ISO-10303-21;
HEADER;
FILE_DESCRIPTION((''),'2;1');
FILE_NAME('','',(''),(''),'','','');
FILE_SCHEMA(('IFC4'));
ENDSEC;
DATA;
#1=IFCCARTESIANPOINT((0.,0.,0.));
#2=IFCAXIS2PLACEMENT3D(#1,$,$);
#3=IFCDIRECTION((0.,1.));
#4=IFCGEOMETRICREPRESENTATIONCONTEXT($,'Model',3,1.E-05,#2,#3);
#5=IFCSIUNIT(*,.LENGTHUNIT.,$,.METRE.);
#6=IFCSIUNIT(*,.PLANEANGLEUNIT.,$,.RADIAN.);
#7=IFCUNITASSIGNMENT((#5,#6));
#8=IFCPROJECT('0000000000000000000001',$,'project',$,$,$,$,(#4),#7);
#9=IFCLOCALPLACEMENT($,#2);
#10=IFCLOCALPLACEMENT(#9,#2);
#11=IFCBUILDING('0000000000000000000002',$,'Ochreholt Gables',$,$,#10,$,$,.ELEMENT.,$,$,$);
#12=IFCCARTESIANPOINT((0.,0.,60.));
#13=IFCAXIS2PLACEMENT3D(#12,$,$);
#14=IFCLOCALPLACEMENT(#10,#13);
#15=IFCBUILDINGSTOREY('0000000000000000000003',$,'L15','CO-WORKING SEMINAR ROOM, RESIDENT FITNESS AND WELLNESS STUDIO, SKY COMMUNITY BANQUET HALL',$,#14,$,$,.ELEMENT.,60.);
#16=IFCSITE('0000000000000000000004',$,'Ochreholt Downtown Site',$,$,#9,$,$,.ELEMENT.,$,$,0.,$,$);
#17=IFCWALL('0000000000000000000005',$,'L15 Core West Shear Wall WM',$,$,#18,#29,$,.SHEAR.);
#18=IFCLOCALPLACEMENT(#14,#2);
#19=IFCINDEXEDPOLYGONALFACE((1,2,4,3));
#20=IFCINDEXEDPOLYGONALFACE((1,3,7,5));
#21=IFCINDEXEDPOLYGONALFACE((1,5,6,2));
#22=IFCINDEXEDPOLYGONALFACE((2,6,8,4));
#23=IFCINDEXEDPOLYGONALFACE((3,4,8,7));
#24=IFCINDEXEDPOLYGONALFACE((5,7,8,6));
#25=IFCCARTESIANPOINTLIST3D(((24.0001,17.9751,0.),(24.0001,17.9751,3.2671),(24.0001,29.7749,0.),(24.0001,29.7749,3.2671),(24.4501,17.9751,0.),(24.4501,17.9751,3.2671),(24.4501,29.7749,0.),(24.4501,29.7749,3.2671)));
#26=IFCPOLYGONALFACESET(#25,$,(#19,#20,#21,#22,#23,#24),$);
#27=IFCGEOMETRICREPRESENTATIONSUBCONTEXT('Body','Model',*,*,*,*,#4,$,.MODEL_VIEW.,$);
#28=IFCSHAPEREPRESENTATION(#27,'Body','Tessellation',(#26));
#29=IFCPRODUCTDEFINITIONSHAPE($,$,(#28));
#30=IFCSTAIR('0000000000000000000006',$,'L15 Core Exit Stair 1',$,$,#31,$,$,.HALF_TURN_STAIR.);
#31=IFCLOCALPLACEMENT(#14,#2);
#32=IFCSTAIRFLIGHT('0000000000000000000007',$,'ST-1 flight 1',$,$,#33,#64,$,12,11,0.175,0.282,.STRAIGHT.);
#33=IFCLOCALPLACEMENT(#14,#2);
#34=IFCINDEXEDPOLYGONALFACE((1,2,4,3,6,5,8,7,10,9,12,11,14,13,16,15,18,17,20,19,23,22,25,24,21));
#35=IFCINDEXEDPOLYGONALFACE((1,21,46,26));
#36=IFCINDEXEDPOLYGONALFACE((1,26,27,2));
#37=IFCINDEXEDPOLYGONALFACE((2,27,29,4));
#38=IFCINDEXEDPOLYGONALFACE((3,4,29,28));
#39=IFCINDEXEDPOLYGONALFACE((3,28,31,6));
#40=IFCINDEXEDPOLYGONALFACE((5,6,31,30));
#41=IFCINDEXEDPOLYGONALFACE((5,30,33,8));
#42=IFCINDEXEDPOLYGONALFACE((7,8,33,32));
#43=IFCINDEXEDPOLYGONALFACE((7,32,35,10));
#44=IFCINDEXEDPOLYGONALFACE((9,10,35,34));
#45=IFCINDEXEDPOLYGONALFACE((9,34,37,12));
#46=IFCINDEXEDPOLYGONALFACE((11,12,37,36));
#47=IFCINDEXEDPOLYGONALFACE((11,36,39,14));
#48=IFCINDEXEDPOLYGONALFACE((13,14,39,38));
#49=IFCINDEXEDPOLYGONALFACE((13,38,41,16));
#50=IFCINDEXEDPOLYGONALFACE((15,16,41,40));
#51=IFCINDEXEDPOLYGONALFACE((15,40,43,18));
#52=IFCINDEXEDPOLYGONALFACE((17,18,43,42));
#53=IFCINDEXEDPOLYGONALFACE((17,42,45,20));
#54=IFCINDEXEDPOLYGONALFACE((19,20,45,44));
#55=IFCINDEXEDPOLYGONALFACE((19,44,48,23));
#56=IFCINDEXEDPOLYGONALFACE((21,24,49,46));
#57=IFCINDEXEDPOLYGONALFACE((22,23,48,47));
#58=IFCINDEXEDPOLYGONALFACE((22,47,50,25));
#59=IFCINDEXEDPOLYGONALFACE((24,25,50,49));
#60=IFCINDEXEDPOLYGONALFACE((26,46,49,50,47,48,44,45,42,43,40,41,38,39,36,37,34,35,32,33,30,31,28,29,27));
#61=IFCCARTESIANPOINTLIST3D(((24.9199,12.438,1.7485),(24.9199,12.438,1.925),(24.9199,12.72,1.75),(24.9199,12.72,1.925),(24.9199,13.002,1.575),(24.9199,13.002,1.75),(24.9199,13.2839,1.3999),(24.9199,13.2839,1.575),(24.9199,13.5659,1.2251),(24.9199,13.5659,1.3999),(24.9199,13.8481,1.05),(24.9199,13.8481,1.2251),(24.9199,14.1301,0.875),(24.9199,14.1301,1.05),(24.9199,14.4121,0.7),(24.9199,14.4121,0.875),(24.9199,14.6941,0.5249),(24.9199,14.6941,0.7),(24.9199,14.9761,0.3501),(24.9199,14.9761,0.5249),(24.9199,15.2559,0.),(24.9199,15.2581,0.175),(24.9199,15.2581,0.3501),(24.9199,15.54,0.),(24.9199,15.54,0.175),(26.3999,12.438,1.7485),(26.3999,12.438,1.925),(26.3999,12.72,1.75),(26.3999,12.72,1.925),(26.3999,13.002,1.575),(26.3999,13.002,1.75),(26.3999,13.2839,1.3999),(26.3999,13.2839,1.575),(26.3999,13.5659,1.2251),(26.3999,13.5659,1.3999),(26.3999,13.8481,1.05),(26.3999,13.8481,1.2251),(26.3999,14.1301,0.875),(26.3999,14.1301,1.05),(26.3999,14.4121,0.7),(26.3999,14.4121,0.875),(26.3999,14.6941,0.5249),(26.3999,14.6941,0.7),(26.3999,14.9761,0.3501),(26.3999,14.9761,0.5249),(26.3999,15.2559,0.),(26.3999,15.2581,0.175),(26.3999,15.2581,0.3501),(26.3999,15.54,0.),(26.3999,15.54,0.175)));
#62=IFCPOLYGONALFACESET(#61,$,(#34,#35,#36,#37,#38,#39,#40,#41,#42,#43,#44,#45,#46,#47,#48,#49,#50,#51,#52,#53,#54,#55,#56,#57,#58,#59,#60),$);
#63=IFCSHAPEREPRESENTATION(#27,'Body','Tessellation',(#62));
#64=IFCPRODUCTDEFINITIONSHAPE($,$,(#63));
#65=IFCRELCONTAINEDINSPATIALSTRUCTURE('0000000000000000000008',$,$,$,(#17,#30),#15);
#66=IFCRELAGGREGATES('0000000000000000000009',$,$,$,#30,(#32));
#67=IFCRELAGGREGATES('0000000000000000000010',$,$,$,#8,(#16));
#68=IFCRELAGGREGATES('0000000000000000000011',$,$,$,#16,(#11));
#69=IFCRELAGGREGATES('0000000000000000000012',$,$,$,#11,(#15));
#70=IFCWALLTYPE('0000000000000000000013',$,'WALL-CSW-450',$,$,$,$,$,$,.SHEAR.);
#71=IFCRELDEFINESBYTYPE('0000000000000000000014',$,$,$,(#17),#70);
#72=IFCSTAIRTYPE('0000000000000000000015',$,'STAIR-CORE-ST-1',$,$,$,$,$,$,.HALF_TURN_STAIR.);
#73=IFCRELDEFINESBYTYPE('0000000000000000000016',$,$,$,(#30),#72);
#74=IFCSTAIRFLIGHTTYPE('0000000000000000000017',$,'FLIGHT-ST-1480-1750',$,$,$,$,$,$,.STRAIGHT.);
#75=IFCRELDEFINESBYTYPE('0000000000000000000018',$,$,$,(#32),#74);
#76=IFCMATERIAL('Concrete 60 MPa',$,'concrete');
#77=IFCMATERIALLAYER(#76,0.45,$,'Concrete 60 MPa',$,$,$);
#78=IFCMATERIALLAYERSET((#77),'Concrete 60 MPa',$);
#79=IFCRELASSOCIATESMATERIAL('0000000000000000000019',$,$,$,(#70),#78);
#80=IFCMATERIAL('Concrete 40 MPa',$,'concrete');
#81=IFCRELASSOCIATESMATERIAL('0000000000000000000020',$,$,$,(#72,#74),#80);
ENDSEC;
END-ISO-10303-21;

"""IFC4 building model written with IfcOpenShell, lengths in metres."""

from ifc_helpers import new_model, si_unit, direction, frame, frame_2d, origin, place, context, subcontext, project, spatial, polyline, rectangle, outline, extrude, material, layer, layer_set, type_object, element, aggregate, save


model = new_model("IFC4")

# Units and contexts
model_context = context("Model", 3, precision=1e-05, world=origin(), true_north=direction((0.0, 1.0)))
body_context = subcontext(model_context, "Body", "Model", "MODEL_VIEW")
ifc_project = project(units=[si_unit("LENGTHUNIT", "METRE"), si_unit("PLANEANGLEUNIT", "RADIAN")], contexts=[model_context])

# Site, building, storey
site_placement = place(None, origin())
site = spatial("IfcSite", under=ifc_project, at=site_placement, Name="Ochreholt Downtown Site", CompositionType="ELEMENT", RefElevation=0.0)
building_placement = place(site_placement, origin())
building = spatial("IfcBuilding", under=site, at=building_placement, Name="Ochreholt Gables", CompositionType="ELEMENT")
storey_placement = place(building_placement, frame((0.0, 0.0, 60.0)))
storey = spatial("IfcBuildingStorey", under=building, at=storey_placement, Name="L15", Description="CO-WORKING SEMINAR ROOM, RESIDENT FITNESS AND WELLNESS STUDIO, SKY COMMUNITY BANQUET HALL", CompositionType="ELEMENT", Elevation=60.0)

# Shared definitions
ifc_material_1 = material(Name="Concrete 60 MPa", Category="concrete")

# Wall
ifc_layer_1 = layer(ifc_material_1, 0.45, Name="Concrete 60 MPa")
ifc_layer_set_1 = layer_set([ifc_layer_1], Name="Concrete 60 MPa")
wall_type_1 = type_object("IfcWallType", Name="WALL-CSW-450", PredefinedType="SHEAR", material=ifc_layer_set_1)
wall_1_placement = place(storey_placement, frame((24.2251, 17.9751, 0.0), z_axis=(0.0, 0.0, 1.0), x_axis=(0.0, 1.0, 0.0)))
element("IfcWall", 1, at=wall_1_placement, inside=storey, type_object=wall_type_1, Name="L15 Core West Shear Wall WM", PredefinedType="SHEAR", context=body_context, shape_type="SweptSolid", body=[
    extrude(rectangle(XDim=11.7998, YDim=0.45, at=frame_2d((5.8999, 0.0))), origin(), (0.0, 0.0, 1.0), 3.2671),
])

# Stair, stair flight
ifc_material_2 = material(Name="Concrete 40 MPa", Category="concrete")
stair_type = type_object("IfcStairType", Name="STAIR-CORE-ST-1", PredefinedType="HALF_TURN_STAIR", material=ifc_material_2)
stair_placement = place(storey_placement, origin())
stair = element("IfcStair", 2, at=stair_placement, inside=storey, type_object=stair_type, Name="L15 Core Exit Stair 1", PredefinedType="HALF_TURN_STAIR")
stair_flight_type = type_object("IfcStairFlightType", Name="FLIGHT-ST-1480-1750", PredefinedType="STRAIGHT", material=ifc_material_2)
stair_flight_placement = place(storey_placement, frame((25.6599, 15.54, 0.0), z_axis=(0.0, 0.0, 1.0), x_axis=(0.0, -1.0, 0.0)))
stair_flight = element("IfcStairFlight", 3, at=stair_flight_placement, type_object=stair_flight_type, Name="ST-1 flight 1", NumberOfRisers=12, NumberOfTreads=11, PredefinedType="STRAIGHT", RiserHeight=0.175, TreadLength=0.282, context=body_context, shape_type="SweptSolid", body=[
    extrude(outline(polyline([(0.0, 0.0), (0.0, 0.175), (0.282, 0.175), (0.282, 0.3501), (0.564, 0.3501), (0.564, 0.5249), (0.8459, 0.5249), (0.8459, 0.7), (1.1279, 0.7), (1.1279, 0.875), (1.4099, 0.875), (1.4099, 1.05), (1.6919, 1.05), (1.6919, 1.2251), (1.9741, 1.2251), (1.9741, 1.3999), (2.2561, 1.3999), (2.2561, 1.575), (2.5381, 1.575), (2.5381, 1.75), (2.8201, 1.75), (2.8201, 1.925), (3.1021, 1.925), (3.1021, 2.1001), (3.1021, 1.7485), (0.2842, 0.0), (0.0, 0.0)])), frame((0.0, 0.74, 0.0), z_axis=(0.0, -1.0, 0.0), x_axis=(1.0, 0.0, 0.0)), (0.0, 0.0, 1.0), 1.48),
])
aggregate(stair, [stair_flight])

save(model, "model.ifc")
